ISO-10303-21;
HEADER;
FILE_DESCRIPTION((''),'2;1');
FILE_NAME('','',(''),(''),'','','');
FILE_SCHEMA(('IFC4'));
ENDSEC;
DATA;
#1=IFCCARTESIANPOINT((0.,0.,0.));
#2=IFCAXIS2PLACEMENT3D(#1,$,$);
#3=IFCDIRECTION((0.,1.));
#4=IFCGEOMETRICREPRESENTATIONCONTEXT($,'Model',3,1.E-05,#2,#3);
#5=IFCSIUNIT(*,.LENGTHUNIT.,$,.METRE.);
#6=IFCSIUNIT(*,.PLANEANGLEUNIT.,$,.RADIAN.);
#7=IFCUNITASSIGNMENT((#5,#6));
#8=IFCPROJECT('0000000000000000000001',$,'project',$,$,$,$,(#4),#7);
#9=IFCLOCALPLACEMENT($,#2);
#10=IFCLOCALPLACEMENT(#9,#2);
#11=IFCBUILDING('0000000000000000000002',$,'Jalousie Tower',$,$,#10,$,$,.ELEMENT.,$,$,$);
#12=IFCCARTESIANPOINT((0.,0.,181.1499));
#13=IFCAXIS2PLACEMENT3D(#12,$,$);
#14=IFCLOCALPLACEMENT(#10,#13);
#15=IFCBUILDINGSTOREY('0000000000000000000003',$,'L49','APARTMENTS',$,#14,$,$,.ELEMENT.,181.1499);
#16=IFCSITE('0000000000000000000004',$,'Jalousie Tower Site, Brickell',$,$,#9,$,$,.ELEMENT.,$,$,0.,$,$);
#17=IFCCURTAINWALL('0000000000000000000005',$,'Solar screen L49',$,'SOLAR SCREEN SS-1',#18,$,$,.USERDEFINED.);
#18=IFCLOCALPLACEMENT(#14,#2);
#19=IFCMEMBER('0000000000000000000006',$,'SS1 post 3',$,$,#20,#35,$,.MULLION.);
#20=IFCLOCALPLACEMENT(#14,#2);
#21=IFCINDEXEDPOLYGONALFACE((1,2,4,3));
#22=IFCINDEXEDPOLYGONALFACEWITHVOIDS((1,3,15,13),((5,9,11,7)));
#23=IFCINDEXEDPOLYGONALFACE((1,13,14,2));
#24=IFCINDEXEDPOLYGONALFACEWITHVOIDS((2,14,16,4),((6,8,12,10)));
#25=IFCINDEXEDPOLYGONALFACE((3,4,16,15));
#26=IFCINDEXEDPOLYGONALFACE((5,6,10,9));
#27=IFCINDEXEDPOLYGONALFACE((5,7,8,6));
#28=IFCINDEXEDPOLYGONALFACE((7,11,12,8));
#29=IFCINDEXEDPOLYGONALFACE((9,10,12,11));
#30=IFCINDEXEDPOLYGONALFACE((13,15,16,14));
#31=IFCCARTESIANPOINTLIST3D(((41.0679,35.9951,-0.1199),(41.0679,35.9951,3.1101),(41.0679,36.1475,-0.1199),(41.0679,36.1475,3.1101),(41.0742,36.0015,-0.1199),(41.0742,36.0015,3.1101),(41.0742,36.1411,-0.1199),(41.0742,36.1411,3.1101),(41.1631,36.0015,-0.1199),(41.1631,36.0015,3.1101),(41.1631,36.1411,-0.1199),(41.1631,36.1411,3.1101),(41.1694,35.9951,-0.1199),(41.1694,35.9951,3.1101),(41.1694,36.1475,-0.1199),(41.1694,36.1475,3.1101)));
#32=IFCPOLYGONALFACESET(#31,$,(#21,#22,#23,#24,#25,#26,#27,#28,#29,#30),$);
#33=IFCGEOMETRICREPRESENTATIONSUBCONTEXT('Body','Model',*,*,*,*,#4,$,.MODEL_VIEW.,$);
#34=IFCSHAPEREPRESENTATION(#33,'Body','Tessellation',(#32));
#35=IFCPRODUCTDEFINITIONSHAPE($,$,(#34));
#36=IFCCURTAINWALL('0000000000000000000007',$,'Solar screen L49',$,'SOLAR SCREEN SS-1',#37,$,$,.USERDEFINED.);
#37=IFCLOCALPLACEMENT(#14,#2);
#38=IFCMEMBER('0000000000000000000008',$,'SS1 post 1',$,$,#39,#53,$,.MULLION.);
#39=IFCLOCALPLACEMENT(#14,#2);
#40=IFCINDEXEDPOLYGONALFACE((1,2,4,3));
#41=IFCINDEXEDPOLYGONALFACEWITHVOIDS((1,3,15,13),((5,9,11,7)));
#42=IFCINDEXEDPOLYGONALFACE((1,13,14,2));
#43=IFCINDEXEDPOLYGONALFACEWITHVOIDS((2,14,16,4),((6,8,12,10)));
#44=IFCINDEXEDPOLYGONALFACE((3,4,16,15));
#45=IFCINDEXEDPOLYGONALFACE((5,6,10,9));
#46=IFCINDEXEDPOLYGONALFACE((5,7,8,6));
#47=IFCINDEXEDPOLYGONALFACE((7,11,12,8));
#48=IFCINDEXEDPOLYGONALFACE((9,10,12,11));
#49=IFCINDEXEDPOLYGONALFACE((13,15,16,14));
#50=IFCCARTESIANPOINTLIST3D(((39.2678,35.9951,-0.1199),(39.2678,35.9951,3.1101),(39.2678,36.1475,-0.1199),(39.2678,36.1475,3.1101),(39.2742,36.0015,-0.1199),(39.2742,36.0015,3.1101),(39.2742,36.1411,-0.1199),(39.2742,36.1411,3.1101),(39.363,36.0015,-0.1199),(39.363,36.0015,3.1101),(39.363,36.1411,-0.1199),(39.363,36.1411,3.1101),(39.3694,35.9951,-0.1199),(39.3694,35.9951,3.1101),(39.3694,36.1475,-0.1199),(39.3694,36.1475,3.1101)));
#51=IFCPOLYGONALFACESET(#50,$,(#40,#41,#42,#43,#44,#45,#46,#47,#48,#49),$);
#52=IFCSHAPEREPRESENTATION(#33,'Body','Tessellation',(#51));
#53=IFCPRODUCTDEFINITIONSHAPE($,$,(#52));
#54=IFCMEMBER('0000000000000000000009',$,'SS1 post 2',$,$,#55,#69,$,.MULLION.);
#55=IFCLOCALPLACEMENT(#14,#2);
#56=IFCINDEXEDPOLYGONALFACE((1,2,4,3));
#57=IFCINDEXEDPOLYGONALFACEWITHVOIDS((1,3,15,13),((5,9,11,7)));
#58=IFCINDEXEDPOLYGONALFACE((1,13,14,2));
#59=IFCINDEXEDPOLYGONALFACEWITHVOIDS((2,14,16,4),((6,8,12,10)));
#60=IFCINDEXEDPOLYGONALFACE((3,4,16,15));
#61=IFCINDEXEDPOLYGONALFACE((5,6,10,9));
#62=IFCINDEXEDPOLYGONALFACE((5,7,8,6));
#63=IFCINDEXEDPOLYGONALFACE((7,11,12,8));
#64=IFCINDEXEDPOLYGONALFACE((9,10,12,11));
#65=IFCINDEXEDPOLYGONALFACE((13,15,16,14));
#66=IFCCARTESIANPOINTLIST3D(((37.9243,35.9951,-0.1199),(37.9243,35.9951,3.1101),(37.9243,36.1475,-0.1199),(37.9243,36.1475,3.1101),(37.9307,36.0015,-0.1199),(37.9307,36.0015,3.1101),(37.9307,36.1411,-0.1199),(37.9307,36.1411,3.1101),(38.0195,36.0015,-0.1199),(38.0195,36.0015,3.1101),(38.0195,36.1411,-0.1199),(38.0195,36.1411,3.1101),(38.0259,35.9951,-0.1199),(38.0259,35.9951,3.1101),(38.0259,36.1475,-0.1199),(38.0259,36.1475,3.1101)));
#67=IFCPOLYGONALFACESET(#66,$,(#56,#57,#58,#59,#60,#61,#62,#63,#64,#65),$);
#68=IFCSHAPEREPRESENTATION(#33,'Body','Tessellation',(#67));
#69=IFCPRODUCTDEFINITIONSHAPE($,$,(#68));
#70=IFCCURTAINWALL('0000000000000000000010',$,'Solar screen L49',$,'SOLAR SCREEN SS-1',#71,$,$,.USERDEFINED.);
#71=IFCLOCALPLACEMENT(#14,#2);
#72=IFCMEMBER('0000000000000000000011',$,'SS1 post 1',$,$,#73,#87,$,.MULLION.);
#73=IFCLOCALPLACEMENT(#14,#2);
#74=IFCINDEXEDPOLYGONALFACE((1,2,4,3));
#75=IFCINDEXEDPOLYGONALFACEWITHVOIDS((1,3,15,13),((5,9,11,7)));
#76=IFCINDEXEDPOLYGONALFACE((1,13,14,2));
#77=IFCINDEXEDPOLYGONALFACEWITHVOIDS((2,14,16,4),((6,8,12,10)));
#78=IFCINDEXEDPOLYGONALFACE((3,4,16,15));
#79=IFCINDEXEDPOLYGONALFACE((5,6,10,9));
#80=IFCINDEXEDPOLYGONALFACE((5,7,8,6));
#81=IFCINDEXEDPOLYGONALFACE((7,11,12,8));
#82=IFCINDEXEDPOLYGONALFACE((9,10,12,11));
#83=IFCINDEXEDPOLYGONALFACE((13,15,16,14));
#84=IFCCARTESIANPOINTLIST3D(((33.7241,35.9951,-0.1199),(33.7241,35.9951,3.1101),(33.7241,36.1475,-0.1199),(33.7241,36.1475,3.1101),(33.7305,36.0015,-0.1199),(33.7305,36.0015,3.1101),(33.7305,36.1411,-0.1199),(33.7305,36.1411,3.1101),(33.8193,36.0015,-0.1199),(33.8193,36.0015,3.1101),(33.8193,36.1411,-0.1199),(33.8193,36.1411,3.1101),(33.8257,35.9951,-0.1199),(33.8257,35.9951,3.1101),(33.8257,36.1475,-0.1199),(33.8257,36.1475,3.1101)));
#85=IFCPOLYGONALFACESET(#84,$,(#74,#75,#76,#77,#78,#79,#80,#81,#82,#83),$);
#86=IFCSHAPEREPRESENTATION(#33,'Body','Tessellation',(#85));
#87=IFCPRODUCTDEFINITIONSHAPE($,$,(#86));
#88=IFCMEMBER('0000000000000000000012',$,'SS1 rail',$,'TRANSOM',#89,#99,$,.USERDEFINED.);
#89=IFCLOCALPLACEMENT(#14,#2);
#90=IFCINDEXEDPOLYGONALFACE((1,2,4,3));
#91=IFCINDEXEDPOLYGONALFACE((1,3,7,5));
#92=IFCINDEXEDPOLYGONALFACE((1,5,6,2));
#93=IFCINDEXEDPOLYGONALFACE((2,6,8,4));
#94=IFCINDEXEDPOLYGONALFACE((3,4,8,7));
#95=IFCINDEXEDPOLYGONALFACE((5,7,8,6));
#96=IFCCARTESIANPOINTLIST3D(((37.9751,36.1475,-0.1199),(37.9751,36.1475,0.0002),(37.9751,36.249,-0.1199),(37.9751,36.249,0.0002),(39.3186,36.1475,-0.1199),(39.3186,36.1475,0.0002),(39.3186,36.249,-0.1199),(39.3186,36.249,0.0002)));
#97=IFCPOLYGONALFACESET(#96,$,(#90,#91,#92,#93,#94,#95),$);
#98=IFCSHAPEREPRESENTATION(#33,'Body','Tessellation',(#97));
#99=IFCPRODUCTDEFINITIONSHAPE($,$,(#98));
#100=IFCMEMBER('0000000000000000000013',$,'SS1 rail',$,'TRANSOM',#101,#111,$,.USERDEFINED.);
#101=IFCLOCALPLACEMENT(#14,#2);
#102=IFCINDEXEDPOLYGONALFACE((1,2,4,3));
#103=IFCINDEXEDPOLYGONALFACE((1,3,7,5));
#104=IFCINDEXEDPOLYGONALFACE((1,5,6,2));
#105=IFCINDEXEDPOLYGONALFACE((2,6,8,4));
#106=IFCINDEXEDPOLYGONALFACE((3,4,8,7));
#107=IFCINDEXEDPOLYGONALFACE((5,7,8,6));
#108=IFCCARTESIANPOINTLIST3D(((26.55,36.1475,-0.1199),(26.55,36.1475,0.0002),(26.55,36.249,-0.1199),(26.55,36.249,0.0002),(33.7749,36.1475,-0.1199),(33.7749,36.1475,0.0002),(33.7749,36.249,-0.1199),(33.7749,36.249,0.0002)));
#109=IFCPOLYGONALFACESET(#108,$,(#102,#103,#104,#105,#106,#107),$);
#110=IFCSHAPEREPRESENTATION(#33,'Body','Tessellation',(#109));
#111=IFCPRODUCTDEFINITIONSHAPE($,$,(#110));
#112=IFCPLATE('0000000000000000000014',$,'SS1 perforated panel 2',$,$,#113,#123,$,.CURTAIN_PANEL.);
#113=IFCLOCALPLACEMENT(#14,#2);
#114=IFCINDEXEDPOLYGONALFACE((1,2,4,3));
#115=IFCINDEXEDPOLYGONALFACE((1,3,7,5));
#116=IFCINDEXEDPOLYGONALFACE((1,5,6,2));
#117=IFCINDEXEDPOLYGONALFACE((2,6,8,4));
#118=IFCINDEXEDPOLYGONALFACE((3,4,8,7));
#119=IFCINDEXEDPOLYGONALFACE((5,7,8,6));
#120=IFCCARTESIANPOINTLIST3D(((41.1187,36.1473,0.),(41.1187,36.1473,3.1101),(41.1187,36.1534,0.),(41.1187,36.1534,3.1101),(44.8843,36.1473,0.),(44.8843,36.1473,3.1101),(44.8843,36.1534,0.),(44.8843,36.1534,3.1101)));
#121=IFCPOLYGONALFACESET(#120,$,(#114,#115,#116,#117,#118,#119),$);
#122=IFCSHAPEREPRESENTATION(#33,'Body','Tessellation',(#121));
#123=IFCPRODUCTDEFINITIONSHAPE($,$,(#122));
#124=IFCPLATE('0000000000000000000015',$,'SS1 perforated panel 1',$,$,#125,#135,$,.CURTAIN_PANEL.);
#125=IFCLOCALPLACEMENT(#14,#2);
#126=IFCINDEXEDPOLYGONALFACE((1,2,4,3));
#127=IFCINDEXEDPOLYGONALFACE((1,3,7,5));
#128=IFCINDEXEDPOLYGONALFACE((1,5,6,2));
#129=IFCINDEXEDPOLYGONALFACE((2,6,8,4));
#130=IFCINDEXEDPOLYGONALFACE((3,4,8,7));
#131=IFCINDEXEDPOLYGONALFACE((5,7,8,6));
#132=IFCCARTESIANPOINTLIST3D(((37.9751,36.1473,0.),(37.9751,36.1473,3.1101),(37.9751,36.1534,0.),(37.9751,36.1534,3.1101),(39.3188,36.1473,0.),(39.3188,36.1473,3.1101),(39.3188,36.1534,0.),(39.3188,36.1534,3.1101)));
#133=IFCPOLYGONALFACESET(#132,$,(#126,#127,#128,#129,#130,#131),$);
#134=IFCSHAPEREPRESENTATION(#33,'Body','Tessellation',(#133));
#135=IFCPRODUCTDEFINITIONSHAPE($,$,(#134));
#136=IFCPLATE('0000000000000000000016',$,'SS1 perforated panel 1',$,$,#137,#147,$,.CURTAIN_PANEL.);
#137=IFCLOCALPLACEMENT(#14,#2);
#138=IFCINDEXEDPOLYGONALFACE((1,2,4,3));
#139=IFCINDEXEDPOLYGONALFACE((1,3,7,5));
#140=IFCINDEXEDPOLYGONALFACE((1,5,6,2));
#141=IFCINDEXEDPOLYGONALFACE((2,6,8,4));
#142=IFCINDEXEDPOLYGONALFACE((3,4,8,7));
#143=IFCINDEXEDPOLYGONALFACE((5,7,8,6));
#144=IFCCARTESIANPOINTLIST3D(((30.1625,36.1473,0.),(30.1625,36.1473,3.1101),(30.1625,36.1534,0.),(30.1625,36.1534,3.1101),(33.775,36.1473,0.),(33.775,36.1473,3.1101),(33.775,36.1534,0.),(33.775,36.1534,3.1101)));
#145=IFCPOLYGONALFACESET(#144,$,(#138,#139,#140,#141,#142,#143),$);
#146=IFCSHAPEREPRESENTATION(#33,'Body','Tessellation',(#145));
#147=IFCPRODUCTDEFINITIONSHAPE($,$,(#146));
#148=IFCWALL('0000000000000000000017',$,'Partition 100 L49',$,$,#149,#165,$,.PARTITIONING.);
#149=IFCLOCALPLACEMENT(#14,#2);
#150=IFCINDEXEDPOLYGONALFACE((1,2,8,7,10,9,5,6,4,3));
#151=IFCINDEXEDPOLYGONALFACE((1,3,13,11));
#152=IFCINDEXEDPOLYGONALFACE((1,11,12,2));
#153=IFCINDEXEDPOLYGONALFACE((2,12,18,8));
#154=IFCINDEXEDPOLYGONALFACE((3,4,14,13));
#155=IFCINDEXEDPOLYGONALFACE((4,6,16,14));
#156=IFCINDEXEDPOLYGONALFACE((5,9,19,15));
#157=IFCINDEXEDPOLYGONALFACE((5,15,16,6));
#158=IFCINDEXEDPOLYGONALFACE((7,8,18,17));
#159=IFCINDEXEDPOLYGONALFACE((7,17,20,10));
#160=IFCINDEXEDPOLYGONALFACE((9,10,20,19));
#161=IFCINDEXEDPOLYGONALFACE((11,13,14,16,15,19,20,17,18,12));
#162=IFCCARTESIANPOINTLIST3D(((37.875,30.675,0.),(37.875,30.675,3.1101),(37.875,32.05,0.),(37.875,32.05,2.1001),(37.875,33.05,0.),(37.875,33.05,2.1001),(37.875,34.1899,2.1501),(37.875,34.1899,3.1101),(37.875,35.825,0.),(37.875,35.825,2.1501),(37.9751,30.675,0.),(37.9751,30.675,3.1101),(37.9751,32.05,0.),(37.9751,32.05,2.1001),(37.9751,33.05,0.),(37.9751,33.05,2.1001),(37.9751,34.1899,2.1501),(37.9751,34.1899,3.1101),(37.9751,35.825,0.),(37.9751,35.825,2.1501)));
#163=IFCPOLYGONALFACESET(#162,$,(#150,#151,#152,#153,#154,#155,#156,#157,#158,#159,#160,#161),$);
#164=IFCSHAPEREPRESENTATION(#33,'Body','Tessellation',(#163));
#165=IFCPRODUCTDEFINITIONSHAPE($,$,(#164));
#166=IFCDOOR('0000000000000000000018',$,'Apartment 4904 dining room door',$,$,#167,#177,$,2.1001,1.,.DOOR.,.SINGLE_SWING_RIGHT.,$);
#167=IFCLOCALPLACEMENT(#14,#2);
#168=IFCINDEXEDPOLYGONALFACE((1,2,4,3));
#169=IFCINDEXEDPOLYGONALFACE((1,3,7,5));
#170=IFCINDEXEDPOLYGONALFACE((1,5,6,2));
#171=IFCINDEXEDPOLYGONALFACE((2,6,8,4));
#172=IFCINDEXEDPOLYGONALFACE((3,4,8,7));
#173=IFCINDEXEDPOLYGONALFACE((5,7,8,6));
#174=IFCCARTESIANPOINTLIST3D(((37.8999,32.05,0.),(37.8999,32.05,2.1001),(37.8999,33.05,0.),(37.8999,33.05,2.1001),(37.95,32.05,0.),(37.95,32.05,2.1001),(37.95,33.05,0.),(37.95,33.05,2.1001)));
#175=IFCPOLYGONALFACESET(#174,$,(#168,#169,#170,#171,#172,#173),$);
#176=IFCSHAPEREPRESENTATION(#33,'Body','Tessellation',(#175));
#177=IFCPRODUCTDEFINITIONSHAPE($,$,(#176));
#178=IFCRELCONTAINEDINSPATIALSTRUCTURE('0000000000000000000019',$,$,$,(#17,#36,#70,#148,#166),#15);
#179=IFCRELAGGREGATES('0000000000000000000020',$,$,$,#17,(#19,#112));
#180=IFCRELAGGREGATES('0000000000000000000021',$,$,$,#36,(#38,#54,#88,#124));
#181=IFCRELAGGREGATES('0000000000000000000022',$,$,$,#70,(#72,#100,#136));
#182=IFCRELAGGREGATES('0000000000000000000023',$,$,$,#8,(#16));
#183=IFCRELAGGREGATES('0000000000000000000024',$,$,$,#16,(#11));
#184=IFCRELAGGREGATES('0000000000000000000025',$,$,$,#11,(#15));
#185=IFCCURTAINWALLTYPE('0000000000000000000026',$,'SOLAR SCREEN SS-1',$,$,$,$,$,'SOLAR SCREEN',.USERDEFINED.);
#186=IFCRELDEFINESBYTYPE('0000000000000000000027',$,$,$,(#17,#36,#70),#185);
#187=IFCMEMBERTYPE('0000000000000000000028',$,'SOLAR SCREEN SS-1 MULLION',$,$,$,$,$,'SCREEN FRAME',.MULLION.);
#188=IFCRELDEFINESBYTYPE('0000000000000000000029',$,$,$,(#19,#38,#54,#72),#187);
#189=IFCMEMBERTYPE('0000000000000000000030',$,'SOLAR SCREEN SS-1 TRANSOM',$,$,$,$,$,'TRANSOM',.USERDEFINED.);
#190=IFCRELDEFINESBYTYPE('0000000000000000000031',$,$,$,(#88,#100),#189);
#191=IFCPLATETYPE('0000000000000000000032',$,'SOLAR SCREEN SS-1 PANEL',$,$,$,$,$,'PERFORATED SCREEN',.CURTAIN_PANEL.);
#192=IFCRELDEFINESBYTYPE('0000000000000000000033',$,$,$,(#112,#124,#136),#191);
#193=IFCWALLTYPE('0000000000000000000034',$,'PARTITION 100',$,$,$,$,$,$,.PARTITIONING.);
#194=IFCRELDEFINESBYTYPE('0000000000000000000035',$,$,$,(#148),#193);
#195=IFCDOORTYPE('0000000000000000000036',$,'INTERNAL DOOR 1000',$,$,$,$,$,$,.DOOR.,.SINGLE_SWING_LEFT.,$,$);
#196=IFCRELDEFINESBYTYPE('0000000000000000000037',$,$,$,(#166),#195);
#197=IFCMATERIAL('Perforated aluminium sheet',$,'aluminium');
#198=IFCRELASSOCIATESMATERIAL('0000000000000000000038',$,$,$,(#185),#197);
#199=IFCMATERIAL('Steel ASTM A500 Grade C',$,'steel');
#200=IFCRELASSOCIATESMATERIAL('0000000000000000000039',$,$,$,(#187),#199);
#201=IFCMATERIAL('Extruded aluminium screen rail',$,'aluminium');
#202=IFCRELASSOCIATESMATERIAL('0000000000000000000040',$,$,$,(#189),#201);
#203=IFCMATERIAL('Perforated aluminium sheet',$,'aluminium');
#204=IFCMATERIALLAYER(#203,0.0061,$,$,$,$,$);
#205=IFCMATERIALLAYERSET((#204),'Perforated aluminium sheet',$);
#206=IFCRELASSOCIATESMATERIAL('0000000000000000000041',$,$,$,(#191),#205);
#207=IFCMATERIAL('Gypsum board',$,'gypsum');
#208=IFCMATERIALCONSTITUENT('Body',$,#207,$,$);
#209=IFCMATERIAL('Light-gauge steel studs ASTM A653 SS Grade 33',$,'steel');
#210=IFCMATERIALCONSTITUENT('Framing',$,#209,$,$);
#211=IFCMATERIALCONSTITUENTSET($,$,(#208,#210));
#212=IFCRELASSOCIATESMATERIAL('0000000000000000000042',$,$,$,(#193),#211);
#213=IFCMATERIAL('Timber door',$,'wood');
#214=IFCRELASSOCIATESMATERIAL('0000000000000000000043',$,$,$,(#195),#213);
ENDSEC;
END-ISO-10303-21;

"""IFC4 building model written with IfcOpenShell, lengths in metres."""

from ifc_helpers import new_model, si_unit, direction, frame, frame_2d, origin, origin_2d, place, context, subcontext, project, spatial, polyline, rectangle, hollow_rectangle, outline, extrude, material, layer, layer_set, constituent, constituent_set, material_profile, profile_set, type_object, element, fill, aggregate, save


model = new_model("IFC4")

# Units and contexts
model_context = context("Model", 3, precision=1e-05, world=origin(), true_north=direction((0.0, 1.0)))
body_context = subcontext(model_context, "Body", "Model", "MODEL_VIEW")
ifc_project = project(units=[si_unit("LENGTHUNIT", "METRE"), si_unit("PLANEANGLEUNIT", "RADIAN")], contexts=[model_context])

# Site, building, storey
site_placement = place(None, origin())
site = spatial("IfcSite", under=ifc_project, at=site_placement, Name="Jalousie Tower Site, Brickell", CompositionType="ELEMENT", RefElevation=0.0)
building_placement = place(site_placement, origin())
building = spatial("IfcBuilding", under=site, at=building_placement, Name="Jalousie Tower", CompositionType="ELEMENT")
storey_placement = place(building_placement, frame((0.0, 0.0, 181.1499)))
storey = spatial("IfcBuildingStorey", under=building, at=storey_placement, Name="L49", Description="APARTMENTS", CompositionType="ELEMENT", Elevation=181.1499)

# Curtain walls, members
ifc_material_1 = material(Name="Perforated aluminium sheet", Category="aluminium")
curtain_wall_type = type_object("IfcCurtainWallType", Name="SOLAR SCREEN SS-1", ElementType="SOLAR SCREEN", PredefinedType="USERDEFINED", material=ifc_material_1)
curtain_wall_1_placement = place(storey_placement, origin())
curtain_wall_1 = element("IfcCurtainWall", 1, at=curtain_wall_1_placement, inside=storey, type_object=curtain_wall_type, Name="Solar screen L49", ObjectType="SOLAR SCREEN SS-1", PredefinedType="USERDEFINED")
ifc_material_2 = material(Name="Steel ASTM A500 Grade C", Category="steel")
ifc_material_profile_1 = material_profile(ifc_material_2, hollow_rectangle(XDim=0.1016, YDim=0.1523, WallThickness=0.0063, at=origin_2d()), Name="HSS6X4X1/4")
ifc_profile_set_1 = profile_set([ifc_material_profile_1], Name="Steel ASTM A500 Grade C")
member_type_1 = type_object("IfcMemberType", Name="SOLAR SCREEN SS-1 MULLION", ElementType="SCREEN FRAME", PredefinedType="MULLION", material=ifc_profile_set_1)
member_1_placement = place(storey_placement, frame((41.1187, 36.0713, -0.1199), z_axis=(0.0, 0.0, 1.0), x_axis=(-1.0, 0.0, 0.0)))
member_1 = element("IfcMember", 2, at=member_1_placement, type_object=member_type_1, Name="SS1 post 3", PredefinedType="MULLION", context=body_context, shape_type="SweptSolid", body=[
    extrude(hollow_rectangle(XDim=0.1016, YDim=0.1523, WallThickness=0.0063, at=origin_2d()), origin(), (0.0, 0.0, 1.0), 3.23),
])
curtain_wall_2_placement = place(storey_placement, origin())
curtain_wall_2 = element("IfcCurtainWall", 3, at=curtain_wall_2_placement, inside=storey, type_object=curtain_wall_type, Name="Solar screen L49", ObjectType="SOLAR SCREEN SS-1", PredefinedType="USERDEFINED")
member_2_placement = place(storey_placement, frame((39.3186, 36.0713, -0.1199), z_axis=(0.0, 0.0, 1.0), x_axis=(-1.0, 0.0, 0.0)))
member_2 = element("IfcMember", 4, at=member_2_placement, type_object=member_type_1, Name="SS1 post 1", PredefinedType="MULLION", context=body_context, shape_type="SweptSolid", body=[
    extrude(hollow_rectangle(XDim=0.1016, YDim=0.1523, WallThickness=0.0063, at=origin_2d()), origin(), (0.0, 0.0, 1.0), 3.23),
])
member_3_placement = place(storey_placement, frame((37.9751, 36.0713, -0.1199), z_axis=(0.0, 0.0, 1.0), x_axis=(-1.0, 0.0, 0.0)))
member_3 = element("IfcMember", 5, at=member_3_placement, type_object=member_type_1, Name="SS1 post 2", PredefinedType="MULLION", context=body_context, shape_type="SweptSolid", body=[
    extrude(hollow_rectangle(XDim=0.1016, YDim=0.1523, WallThickness=0.0063, at=origin_2d()), origin(), (0.0, 0.0, 1.0), 3.23),
])

# Curtain wall, member
curtain_wall_3_placement = place(storey_placement, origin())
curtain_wall_3 = element("IfcCurtainWall", 6, at=curtain_wall_3_placement, inside=storey, type_object=curtain_wall_type, Name="Solar screen L49", ObjectType="SOLAR SCREEN SS-1", PredefinedType="USERDEFINED")
member_4_placement = place(storey_placement, frame((33.7749, 36.0713, -0.1199), z_axis=(0.0, 0.0, 1.0), x_axis=(-1.0, 0.0, 0.0)))
member_4 = element("IfcMember", 7, at=member_4_placement, type_object=member_type_1, Name="SS1 post 1", PredefinedType="MULLION", context=body_context, shape_type="SweptSolid", body=[
    extrude(hollow_rectangle(XDim=0.1016, YDim=0.1523, WallThickness=0.0063, at=origin_2d()), origin(), (0.0, 0.0, 1.0), 3.23),
])

# Members
ifc_material_3 = material(Name="Extruded aluminium screen rail", Category="aluminium")
ifc_material_profile_2 = material_profile(ifc_material_3, rectangle(XDim=0.1016, YDim=0.1201, at=origin_2d()), Name="RAIL 102x120")
ifc_profile_set_2 = profile_set([ifc_material_profile_2], Name="Extruded aluminium screen rail")
member_type_2 = type_object("IfcMemberType", Name="SOLAR SCREEN SS-1 TRANSOM", ElementType="TRANSOM", PredefinedType="USERDEFINED", material=ifc_profile_set_2)
member_5_placement = place(storey_placement, frame((39.3186, 36.1982, -0.0598), z_axis=(-1.0, 0.0, 0.0), x_axis=(0.0, -1.0, 0.0)))
member_5 = element("IfcMember", 8, at=member_5_placement, type_object=member_type_2, Name="SS1 rail", ObjectType="TRANSOM", PredefinedType="USERDEFINED", context=body_context, shape_type="SweptSolid", body=[
    extrude(rectangle(XDim=0.1016, YDim=0.1201, at=origin_2d()), origin(), (0.0, 0.0, 1.0), 1.3435),
])
member_6_placement = place(storey_placement, frame((33.7749, 36.1982, -0.0598), z_axis=(-1.0, 0.0, 0.0), x_axis=(0.0, -1.0, 0.0)))
member_6 = element("IfcMember", 9, at=member_6_placement, type_object=member_type_2, Name="SS1 rail", ObjectType="TRANSOM", PredefinedType="USERDEFINED", context=body_context, shape_type="SweptSolid", body=[
    extrude(rectangle(XDim=0.1016, YDim=0.1201, at=origin_2d()), origin(), (0.0, 0.0, 1.0), 7.2249),
])

# Plates
ifc_material_4 = material(Name="Perforated aluminium sheet", Category="aluminium")
ifc_layer_1 = layer(ifc_material_4, 0.0061)
ifc_layer_set_1 = layer_set([ifc_layer_1], Name="Perforated aluminium sheet")
plate_type = type_object("IfcPlateType", Name="SOLAR SCREEN SS-1 PANEL", ElementType="PERFORATED SCREEN", PredefinedType="CURTAIN_PANEL", material=ifc_layer_set_1)
plate_1_placement = place(storey_placement, frame((43.0015, 36.1504, 0.0), z_axis=(0.0, 0.0, 1.0), x_axis=(-1.0, 0.0, 0.0)))
plate_1 = element("IfcPlate", 10, at=plate_1_placement, type_object=plate_type, Name="SS1 perforated panel 2", PredefinedType="CURTAIN_PANEL", context=body_context, shape_type="SweptSolid", body=[
    extrude(rectangle(XDim=3.7656, YDim=0.0061, at=origin_2d()), origin(), (0.0, 0.0, 1.0), 3.1101),
])
aggregate(curtain_wall_1, [member_1, plate_1])
plate_2_placement = place(storey_placement, frame((38.647, 36.1504, 0.0), z_axis=(0.0, 0.0, 1.0), x_axis=(-1.0, 0.0, 0.0)))
plate_2 = element("IfcPlate", 11, at=plate_2_placement, type_object=plate_type, Name="SS1 perforated panel 1", PredefinedType="CURTAIN_PANEL", context=body_context, shape_type="SweptSolid", body=[
    extrude(rectangle(XDim=1.3438, YDim=0.0061, at=origin_2d()), origin(), (0.0, 0.0, 1.0), 3.1101),
])
aggregate(curtain_wall_2, [member_2, member_3, member_5, plate_2])
plate_3_placement = place(storey_placement, frame((31.9688, 36.1504, 0.0), z_axis=(0.0, 0.0, 1.0), x_axis=(-1.0, 0.0, 0.0)))
plate_3 = element("IfcPlate", 12, at=plate_3_placement, type_object=plate_type, Name="SS1 perforated panel 1", PredefinedType="CURTAIN_PANEL", context=body_context, shape_type="SweptSolid", body=[
    extrude(rectangle(XDim=3.6125, YDim=0.0061, at=origin_2d()), origin(), (0.0, 0.0, 1.0), 3.1101),
])
aggregate(curtain_wall_3, [member_4, member_6, plate_3])

# Wall, opening, door
ifc_material_5 = material(Name="Gypsum board", Category="gypsum")
ifc_constituent_1 = constituent(ifc_material_5, Name="Body")
ifc_material_6 = material(Name="Light-gauge steel studs ASTM A653 SS Grade 33", Category="steel")
ifc_constituent_2 = constituent(ifc_material_6, Name="Framing")
ifc_constituent_set = constituent_set(constituents=[ifc_constituent_1, ifc_constituent_2])
wall_type = type_object("IfcWallType", Name="PARTITION 100", PredefinedType="PARTITIONING", material=ifc_constituent_set)
wall_placement = place(storey_placement, frame((37.925, 35.825, 0.0), z_axis=(0.0, 0.0, 1.0), x_axis=(0.0, -1.0, 0.0)))
wall = element("IfcWall", 13, at=wall_placement, inside=storey, type_object=wall_type, Name="Partition 100 L49", PredefinedType="PARTITIONING", context=body_context, shape_type="SweptSolid", body=[
    extrude(outline(polyline([(0.0, 0.0), (5.1499, 0.0), (5.1499, 3.1101), (1.635, 3.1101), (1.635, 2.1501), (0.0, 2.1501), (0.0, 3.1101), (0.0, 0.0)])), frame((0.0, 0.05, 0.0), z_axis=(0.0, -1.0, 0.0), x_axis=(1.0, 0.0, 0.0)), (0.0, 0.0, 1.0), 0.1001),
])
opening_placement = place(wall_placement, frame((2.7749, 0.0, 0.0)))
opening = element("IfcOpeningElement", 14, at=opening_placement, cuts=wall, PredefinedType="OPENING", context=body_context, shape_type="SweptSolid", body=[
    extrude(rectangle(XDim=1.0, YDim=2.1001, at=frame_2d((0.5, 1.05))), frame((0.0, 0.0601, 0.0), z_axis=(0.0, -1.0, 0.0), x_axis=(1.0, 0.0, 0.0)), (0.0, 0.0, 1.0), 0.1201),
])
ifc_material_7 = material(Name="Timber door", Category="wood")
door_type = type_object("IfcDoorType", Name="INTERNAL DOOR 1000", OperationType="SINGLE_SWING_LEFT", PredefinedType="DOOR", material=ifc_material_7)
door_placement = place(opening_placement, origin())
door = element("IfcDoor", 15, at=door_placement, inside=storey, type_object=door_type, Name="Apartment 4904 dining room door", OperationType="SINGLE_SWING_RIGHT", OverallHeight=2.1001, OverallWidth=1.0, PredefinedType="DOOR", context=body_context, shape_type="SweptSolid", body=[
    extrude(rectangle(XDim=1.0, YDim=2.1001, at=frame_2d((0.5, 1.05))), frame((0.0, 0.0249, 0.0), z_axis=(0.0, -1.0, 0.0), x_axis=(1.0, 0.0, 0.0)), (0.0, 0.0, 1.0), 0.05),
])
fill(opening, door)

save(model, "model.ifc")
